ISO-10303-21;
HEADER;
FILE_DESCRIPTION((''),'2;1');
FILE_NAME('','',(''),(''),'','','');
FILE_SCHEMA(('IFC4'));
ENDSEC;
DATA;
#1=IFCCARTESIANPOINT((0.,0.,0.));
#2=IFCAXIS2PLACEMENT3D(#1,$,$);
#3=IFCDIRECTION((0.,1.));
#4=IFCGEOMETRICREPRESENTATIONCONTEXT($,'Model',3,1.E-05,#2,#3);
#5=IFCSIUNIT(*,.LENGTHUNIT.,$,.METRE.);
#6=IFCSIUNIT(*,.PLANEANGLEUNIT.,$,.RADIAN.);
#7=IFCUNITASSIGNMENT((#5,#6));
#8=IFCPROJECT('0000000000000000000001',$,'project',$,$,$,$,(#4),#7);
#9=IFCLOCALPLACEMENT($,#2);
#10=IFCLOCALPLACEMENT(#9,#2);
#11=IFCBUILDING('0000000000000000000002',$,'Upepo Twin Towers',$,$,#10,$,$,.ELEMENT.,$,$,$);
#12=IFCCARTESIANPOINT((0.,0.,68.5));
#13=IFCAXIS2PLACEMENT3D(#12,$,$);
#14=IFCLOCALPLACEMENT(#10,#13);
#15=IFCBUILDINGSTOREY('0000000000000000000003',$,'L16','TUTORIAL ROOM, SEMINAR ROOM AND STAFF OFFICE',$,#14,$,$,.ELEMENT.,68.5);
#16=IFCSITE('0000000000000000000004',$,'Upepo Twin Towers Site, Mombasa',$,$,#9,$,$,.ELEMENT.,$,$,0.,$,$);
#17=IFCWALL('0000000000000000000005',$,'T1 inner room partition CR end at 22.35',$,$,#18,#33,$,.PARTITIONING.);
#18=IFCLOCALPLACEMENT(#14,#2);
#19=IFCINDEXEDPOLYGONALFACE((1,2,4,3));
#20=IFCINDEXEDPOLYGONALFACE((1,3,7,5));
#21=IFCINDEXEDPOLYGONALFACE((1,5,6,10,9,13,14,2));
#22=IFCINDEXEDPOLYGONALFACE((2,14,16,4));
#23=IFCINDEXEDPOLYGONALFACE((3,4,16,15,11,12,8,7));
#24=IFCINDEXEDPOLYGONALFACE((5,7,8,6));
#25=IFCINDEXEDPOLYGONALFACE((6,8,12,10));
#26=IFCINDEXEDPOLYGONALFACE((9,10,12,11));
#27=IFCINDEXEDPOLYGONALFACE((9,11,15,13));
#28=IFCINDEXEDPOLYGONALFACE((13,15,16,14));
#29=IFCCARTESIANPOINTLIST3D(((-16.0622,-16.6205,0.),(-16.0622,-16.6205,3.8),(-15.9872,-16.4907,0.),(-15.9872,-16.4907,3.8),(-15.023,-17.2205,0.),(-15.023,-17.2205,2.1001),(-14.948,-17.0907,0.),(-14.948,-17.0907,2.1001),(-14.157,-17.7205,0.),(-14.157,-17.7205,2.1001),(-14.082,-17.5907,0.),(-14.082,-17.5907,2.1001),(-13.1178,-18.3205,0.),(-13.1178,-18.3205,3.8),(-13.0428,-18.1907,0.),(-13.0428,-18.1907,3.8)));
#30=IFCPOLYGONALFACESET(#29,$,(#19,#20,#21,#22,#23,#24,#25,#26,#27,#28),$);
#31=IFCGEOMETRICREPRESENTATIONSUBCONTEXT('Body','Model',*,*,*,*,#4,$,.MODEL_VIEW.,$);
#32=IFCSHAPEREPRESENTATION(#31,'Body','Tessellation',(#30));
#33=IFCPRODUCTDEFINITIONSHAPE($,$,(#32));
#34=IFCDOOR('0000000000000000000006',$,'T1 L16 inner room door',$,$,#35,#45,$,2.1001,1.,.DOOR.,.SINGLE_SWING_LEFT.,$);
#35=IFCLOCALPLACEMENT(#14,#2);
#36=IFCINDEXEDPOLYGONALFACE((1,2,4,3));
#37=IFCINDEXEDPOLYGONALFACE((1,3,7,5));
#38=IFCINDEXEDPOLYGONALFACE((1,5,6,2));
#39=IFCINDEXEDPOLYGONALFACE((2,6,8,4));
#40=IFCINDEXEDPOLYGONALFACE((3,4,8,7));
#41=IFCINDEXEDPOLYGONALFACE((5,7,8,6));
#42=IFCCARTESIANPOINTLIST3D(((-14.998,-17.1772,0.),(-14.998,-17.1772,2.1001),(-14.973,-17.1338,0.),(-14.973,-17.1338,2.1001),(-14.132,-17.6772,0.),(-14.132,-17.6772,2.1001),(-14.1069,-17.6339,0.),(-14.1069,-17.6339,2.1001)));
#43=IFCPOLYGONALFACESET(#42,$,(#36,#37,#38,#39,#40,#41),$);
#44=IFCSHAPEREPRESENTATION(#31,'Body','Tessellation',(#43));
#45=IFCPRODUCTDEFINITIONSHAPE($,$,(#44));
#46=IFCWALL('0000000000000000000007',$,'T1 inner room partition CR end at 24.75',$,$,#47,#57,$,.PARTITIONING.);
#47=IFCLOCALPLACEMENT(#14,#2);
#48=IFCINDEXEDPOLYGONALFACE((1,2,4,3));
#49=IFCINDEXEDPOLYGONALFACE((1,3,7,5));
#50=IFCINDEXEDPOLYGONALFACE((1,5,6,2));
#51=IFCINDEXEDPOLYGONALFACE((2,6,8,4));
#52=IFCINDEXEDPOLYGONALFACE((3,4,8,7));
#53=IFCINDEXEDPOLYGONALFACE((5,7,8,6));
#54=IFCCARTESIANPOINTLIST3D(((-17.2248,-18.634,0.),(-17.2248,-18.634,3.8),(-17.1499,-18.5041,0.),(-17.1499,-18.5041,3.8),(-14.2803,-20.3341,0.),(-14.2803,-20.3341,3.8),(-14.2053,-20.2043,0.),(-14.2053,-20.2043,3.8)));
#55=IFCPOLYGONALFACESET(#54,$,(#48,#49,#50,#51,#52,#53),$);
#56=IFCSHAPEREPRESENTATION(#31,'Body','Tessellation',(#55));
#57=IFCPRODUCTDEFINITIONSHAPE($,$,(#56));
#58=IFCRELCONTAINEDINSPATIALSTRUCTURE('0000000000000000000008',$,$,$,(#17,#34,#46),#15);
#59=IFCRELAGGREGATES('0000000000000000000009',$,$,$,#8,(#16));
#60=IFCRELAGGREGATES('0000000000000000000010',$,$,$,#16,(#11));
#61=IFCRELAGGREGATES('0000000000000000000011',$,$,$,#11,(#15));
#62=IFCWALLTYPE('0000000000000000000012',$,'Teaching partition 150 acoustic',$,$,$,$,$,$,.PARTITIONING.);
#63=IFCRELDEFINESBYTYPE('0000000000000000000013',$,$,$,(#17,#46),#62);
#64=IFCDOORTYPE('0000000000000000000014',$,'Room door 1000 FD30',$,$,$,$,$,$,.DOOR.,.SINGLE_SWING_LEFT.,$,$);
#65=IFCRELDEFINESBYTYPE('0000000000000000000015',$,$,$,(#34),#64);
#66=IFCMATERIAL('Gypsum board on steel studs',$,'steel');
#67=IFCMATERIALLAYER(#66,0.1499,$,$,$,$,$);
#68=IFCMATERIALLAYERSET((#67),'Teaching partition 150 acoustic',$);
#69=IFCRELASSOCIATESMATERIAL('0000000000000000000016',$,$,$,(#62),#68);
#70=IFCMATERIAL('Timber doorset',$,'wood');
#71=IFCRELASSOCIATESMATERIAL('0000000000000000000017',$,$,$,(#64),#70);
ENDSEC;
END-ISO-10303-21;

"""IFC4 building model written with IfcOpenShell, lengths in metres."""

from ifc_helpers import new_model, si_unit, direction, frame, frame_2d, origin, place, context, subcontext, project, spatial, rectangle, extrude, material, layer, layer_set, type_object, element, fill, save


model = new_model("IFC4")

# Units and contexts
model_context = context("Model", 3, precision=1e-05, world=origin(), true_north=direction((0.0, 1.0)))
body_context = subcontext(model_context, "Body", "Model", "MODEL_VIEW")
ifc_project = project(units=[si_unit("LENGTHUNIT", "METRE"), si_unit("PLANEANGLEUNIT", "RADIAN")], contexts=[model_context])

# Site, building, storey
site_placement = place(None, origin())
site = spatial("IfcSite", under=ifc_project, at=site_placement, Name="Upepo Twin Towers Site, Mombasa", CompositionType="ELEMENT", RefElevation=0.0)
building_placement = place(site_placement, origin())
building = spatial("IfcBuilding", under=site, at=building_placement, Name="Upepo Twin Towers", CompositionType="ELEMENT")
storey_placement = place(building_placement, frame((0.0, 0.0, 68.5)))
storey = spatial("IfcBuildingStorey", under=building, at=storey_placement, Name="L16", Description="TUTORIAL ROOM, SEMINAR ROOM AND STAFF OFFICE", CompositionType="ELEMENT", Elevation=68.5)

# Shared definitions
ifc_material_1 = material(Name="Gypsum board on steel studs", Category="steel")
ifc_layer_1 = layer(ifc_material_1, 0.1499)
ifc_layer_set_1 = layer_set([ifc_layer_1], Name="Teaching partition 150 acoustic")
wall_type_1 = type_object("IfcWallType", Name="Teaching partition 150 acoustic", PredefinedType="PARTITIONING", material=ifc_layer_set_1)

# Wall, opening, door
wall_1_placement = place(storey_placement, frame((-13.0803, -18.2556, 0.0), z_axis=(0.0, 0.0, 1.0), x_axis=(-0.866021, 0.500008, 0.0)))
wall_1 = element("IfcWall", 1, at=wall_1_placement, inside=storey, type_object=wall_type_1, Name="T1 inner room partition CR end at 22.35", PredefinedType="PARTITIONING", context=body_context, shape_type="SweptSolid", body=[
    extrude(rectangle(XDim=3.3999, YDim=0.1499, at=frame_2d((1.7, 0.0))), origin(), (0.0, 0.0, 1.0), 3.8),
])
opening_placement = place(wall_1_placement, frame((1.2, 0.0, 0.0)))
opening = element("IfcOpeningElement", 2, at=opening_placement, cuts=wall_1, PredefinedType="OPENING", context=body_context, shape_type="SweptSolid", body=[
    extrude(rectangle(XDim=1.0, YDim=2.1001, at=frame_2d((0.5, 1.05))), frame((0.0, 0.085, 0.0), z_axis=(0.0, -1.0, 0.0), x_axis=(1.0, 0.0, 0.0)), (0.0, 0.0, 1.0), 0.1699),
])
ifc_material_2 = material(Name="Timber doorset", Category="wood")
door_type = type_object("IfcDoorType", Name="Room door 1000 FD30", OperationType="SINGLE_SWING_LEFT", PredefinedType="DOOR", material=ifc_material_2)
door_placement = place(opening_placement, origin())
door = element("IfcDoor", 3, at=door_placement, inside=storey, type_object=door_type, Name="T1 L16 inner room door", OperationType="SINGLE_SWING_LEFT", OverallHeight=2.1001, OverallWidth=1.0, PredefinedType="DOOR", context=body_context, shape_type="SweptSolid", body=[
    extrude(rectangle(XDim=1.0, YDim=2.1001, at=frame_2d((0.5, 1.05))), frame((0.0, 0.0249, 0.0), z_axis=(0.0, -1.0, 0.0), x_axis=(1.0, 0.0, 0.0)), (0.0, 0.0, 1.0), 0.05),
])
fill(opening, door)

# Wall
wall_2_placement = place(storey_placement, frame((-14.2427, -20.2693, 0.0), z_axis=(0.0, 0.0, 1.0), x_axis=(-0.866007, 0.500031, 0.0)))
element("IfcWall", 4, at=wall_2_placement, inside=storey, type_object=wall_type_1, Name="T1 inner room partition CR end at 24.75", PredefinedType="PARTITIONING", context=body_context, shape_type="SweptSolid", body=[
    extrude(rectangle(XDim=3.4001, YDim=0.1499, at=frame_2d((1.7002, 0.0))), origin(), (0.0, 0.0, 1.0), 3.8),
])

save(model, "model.ifc")
